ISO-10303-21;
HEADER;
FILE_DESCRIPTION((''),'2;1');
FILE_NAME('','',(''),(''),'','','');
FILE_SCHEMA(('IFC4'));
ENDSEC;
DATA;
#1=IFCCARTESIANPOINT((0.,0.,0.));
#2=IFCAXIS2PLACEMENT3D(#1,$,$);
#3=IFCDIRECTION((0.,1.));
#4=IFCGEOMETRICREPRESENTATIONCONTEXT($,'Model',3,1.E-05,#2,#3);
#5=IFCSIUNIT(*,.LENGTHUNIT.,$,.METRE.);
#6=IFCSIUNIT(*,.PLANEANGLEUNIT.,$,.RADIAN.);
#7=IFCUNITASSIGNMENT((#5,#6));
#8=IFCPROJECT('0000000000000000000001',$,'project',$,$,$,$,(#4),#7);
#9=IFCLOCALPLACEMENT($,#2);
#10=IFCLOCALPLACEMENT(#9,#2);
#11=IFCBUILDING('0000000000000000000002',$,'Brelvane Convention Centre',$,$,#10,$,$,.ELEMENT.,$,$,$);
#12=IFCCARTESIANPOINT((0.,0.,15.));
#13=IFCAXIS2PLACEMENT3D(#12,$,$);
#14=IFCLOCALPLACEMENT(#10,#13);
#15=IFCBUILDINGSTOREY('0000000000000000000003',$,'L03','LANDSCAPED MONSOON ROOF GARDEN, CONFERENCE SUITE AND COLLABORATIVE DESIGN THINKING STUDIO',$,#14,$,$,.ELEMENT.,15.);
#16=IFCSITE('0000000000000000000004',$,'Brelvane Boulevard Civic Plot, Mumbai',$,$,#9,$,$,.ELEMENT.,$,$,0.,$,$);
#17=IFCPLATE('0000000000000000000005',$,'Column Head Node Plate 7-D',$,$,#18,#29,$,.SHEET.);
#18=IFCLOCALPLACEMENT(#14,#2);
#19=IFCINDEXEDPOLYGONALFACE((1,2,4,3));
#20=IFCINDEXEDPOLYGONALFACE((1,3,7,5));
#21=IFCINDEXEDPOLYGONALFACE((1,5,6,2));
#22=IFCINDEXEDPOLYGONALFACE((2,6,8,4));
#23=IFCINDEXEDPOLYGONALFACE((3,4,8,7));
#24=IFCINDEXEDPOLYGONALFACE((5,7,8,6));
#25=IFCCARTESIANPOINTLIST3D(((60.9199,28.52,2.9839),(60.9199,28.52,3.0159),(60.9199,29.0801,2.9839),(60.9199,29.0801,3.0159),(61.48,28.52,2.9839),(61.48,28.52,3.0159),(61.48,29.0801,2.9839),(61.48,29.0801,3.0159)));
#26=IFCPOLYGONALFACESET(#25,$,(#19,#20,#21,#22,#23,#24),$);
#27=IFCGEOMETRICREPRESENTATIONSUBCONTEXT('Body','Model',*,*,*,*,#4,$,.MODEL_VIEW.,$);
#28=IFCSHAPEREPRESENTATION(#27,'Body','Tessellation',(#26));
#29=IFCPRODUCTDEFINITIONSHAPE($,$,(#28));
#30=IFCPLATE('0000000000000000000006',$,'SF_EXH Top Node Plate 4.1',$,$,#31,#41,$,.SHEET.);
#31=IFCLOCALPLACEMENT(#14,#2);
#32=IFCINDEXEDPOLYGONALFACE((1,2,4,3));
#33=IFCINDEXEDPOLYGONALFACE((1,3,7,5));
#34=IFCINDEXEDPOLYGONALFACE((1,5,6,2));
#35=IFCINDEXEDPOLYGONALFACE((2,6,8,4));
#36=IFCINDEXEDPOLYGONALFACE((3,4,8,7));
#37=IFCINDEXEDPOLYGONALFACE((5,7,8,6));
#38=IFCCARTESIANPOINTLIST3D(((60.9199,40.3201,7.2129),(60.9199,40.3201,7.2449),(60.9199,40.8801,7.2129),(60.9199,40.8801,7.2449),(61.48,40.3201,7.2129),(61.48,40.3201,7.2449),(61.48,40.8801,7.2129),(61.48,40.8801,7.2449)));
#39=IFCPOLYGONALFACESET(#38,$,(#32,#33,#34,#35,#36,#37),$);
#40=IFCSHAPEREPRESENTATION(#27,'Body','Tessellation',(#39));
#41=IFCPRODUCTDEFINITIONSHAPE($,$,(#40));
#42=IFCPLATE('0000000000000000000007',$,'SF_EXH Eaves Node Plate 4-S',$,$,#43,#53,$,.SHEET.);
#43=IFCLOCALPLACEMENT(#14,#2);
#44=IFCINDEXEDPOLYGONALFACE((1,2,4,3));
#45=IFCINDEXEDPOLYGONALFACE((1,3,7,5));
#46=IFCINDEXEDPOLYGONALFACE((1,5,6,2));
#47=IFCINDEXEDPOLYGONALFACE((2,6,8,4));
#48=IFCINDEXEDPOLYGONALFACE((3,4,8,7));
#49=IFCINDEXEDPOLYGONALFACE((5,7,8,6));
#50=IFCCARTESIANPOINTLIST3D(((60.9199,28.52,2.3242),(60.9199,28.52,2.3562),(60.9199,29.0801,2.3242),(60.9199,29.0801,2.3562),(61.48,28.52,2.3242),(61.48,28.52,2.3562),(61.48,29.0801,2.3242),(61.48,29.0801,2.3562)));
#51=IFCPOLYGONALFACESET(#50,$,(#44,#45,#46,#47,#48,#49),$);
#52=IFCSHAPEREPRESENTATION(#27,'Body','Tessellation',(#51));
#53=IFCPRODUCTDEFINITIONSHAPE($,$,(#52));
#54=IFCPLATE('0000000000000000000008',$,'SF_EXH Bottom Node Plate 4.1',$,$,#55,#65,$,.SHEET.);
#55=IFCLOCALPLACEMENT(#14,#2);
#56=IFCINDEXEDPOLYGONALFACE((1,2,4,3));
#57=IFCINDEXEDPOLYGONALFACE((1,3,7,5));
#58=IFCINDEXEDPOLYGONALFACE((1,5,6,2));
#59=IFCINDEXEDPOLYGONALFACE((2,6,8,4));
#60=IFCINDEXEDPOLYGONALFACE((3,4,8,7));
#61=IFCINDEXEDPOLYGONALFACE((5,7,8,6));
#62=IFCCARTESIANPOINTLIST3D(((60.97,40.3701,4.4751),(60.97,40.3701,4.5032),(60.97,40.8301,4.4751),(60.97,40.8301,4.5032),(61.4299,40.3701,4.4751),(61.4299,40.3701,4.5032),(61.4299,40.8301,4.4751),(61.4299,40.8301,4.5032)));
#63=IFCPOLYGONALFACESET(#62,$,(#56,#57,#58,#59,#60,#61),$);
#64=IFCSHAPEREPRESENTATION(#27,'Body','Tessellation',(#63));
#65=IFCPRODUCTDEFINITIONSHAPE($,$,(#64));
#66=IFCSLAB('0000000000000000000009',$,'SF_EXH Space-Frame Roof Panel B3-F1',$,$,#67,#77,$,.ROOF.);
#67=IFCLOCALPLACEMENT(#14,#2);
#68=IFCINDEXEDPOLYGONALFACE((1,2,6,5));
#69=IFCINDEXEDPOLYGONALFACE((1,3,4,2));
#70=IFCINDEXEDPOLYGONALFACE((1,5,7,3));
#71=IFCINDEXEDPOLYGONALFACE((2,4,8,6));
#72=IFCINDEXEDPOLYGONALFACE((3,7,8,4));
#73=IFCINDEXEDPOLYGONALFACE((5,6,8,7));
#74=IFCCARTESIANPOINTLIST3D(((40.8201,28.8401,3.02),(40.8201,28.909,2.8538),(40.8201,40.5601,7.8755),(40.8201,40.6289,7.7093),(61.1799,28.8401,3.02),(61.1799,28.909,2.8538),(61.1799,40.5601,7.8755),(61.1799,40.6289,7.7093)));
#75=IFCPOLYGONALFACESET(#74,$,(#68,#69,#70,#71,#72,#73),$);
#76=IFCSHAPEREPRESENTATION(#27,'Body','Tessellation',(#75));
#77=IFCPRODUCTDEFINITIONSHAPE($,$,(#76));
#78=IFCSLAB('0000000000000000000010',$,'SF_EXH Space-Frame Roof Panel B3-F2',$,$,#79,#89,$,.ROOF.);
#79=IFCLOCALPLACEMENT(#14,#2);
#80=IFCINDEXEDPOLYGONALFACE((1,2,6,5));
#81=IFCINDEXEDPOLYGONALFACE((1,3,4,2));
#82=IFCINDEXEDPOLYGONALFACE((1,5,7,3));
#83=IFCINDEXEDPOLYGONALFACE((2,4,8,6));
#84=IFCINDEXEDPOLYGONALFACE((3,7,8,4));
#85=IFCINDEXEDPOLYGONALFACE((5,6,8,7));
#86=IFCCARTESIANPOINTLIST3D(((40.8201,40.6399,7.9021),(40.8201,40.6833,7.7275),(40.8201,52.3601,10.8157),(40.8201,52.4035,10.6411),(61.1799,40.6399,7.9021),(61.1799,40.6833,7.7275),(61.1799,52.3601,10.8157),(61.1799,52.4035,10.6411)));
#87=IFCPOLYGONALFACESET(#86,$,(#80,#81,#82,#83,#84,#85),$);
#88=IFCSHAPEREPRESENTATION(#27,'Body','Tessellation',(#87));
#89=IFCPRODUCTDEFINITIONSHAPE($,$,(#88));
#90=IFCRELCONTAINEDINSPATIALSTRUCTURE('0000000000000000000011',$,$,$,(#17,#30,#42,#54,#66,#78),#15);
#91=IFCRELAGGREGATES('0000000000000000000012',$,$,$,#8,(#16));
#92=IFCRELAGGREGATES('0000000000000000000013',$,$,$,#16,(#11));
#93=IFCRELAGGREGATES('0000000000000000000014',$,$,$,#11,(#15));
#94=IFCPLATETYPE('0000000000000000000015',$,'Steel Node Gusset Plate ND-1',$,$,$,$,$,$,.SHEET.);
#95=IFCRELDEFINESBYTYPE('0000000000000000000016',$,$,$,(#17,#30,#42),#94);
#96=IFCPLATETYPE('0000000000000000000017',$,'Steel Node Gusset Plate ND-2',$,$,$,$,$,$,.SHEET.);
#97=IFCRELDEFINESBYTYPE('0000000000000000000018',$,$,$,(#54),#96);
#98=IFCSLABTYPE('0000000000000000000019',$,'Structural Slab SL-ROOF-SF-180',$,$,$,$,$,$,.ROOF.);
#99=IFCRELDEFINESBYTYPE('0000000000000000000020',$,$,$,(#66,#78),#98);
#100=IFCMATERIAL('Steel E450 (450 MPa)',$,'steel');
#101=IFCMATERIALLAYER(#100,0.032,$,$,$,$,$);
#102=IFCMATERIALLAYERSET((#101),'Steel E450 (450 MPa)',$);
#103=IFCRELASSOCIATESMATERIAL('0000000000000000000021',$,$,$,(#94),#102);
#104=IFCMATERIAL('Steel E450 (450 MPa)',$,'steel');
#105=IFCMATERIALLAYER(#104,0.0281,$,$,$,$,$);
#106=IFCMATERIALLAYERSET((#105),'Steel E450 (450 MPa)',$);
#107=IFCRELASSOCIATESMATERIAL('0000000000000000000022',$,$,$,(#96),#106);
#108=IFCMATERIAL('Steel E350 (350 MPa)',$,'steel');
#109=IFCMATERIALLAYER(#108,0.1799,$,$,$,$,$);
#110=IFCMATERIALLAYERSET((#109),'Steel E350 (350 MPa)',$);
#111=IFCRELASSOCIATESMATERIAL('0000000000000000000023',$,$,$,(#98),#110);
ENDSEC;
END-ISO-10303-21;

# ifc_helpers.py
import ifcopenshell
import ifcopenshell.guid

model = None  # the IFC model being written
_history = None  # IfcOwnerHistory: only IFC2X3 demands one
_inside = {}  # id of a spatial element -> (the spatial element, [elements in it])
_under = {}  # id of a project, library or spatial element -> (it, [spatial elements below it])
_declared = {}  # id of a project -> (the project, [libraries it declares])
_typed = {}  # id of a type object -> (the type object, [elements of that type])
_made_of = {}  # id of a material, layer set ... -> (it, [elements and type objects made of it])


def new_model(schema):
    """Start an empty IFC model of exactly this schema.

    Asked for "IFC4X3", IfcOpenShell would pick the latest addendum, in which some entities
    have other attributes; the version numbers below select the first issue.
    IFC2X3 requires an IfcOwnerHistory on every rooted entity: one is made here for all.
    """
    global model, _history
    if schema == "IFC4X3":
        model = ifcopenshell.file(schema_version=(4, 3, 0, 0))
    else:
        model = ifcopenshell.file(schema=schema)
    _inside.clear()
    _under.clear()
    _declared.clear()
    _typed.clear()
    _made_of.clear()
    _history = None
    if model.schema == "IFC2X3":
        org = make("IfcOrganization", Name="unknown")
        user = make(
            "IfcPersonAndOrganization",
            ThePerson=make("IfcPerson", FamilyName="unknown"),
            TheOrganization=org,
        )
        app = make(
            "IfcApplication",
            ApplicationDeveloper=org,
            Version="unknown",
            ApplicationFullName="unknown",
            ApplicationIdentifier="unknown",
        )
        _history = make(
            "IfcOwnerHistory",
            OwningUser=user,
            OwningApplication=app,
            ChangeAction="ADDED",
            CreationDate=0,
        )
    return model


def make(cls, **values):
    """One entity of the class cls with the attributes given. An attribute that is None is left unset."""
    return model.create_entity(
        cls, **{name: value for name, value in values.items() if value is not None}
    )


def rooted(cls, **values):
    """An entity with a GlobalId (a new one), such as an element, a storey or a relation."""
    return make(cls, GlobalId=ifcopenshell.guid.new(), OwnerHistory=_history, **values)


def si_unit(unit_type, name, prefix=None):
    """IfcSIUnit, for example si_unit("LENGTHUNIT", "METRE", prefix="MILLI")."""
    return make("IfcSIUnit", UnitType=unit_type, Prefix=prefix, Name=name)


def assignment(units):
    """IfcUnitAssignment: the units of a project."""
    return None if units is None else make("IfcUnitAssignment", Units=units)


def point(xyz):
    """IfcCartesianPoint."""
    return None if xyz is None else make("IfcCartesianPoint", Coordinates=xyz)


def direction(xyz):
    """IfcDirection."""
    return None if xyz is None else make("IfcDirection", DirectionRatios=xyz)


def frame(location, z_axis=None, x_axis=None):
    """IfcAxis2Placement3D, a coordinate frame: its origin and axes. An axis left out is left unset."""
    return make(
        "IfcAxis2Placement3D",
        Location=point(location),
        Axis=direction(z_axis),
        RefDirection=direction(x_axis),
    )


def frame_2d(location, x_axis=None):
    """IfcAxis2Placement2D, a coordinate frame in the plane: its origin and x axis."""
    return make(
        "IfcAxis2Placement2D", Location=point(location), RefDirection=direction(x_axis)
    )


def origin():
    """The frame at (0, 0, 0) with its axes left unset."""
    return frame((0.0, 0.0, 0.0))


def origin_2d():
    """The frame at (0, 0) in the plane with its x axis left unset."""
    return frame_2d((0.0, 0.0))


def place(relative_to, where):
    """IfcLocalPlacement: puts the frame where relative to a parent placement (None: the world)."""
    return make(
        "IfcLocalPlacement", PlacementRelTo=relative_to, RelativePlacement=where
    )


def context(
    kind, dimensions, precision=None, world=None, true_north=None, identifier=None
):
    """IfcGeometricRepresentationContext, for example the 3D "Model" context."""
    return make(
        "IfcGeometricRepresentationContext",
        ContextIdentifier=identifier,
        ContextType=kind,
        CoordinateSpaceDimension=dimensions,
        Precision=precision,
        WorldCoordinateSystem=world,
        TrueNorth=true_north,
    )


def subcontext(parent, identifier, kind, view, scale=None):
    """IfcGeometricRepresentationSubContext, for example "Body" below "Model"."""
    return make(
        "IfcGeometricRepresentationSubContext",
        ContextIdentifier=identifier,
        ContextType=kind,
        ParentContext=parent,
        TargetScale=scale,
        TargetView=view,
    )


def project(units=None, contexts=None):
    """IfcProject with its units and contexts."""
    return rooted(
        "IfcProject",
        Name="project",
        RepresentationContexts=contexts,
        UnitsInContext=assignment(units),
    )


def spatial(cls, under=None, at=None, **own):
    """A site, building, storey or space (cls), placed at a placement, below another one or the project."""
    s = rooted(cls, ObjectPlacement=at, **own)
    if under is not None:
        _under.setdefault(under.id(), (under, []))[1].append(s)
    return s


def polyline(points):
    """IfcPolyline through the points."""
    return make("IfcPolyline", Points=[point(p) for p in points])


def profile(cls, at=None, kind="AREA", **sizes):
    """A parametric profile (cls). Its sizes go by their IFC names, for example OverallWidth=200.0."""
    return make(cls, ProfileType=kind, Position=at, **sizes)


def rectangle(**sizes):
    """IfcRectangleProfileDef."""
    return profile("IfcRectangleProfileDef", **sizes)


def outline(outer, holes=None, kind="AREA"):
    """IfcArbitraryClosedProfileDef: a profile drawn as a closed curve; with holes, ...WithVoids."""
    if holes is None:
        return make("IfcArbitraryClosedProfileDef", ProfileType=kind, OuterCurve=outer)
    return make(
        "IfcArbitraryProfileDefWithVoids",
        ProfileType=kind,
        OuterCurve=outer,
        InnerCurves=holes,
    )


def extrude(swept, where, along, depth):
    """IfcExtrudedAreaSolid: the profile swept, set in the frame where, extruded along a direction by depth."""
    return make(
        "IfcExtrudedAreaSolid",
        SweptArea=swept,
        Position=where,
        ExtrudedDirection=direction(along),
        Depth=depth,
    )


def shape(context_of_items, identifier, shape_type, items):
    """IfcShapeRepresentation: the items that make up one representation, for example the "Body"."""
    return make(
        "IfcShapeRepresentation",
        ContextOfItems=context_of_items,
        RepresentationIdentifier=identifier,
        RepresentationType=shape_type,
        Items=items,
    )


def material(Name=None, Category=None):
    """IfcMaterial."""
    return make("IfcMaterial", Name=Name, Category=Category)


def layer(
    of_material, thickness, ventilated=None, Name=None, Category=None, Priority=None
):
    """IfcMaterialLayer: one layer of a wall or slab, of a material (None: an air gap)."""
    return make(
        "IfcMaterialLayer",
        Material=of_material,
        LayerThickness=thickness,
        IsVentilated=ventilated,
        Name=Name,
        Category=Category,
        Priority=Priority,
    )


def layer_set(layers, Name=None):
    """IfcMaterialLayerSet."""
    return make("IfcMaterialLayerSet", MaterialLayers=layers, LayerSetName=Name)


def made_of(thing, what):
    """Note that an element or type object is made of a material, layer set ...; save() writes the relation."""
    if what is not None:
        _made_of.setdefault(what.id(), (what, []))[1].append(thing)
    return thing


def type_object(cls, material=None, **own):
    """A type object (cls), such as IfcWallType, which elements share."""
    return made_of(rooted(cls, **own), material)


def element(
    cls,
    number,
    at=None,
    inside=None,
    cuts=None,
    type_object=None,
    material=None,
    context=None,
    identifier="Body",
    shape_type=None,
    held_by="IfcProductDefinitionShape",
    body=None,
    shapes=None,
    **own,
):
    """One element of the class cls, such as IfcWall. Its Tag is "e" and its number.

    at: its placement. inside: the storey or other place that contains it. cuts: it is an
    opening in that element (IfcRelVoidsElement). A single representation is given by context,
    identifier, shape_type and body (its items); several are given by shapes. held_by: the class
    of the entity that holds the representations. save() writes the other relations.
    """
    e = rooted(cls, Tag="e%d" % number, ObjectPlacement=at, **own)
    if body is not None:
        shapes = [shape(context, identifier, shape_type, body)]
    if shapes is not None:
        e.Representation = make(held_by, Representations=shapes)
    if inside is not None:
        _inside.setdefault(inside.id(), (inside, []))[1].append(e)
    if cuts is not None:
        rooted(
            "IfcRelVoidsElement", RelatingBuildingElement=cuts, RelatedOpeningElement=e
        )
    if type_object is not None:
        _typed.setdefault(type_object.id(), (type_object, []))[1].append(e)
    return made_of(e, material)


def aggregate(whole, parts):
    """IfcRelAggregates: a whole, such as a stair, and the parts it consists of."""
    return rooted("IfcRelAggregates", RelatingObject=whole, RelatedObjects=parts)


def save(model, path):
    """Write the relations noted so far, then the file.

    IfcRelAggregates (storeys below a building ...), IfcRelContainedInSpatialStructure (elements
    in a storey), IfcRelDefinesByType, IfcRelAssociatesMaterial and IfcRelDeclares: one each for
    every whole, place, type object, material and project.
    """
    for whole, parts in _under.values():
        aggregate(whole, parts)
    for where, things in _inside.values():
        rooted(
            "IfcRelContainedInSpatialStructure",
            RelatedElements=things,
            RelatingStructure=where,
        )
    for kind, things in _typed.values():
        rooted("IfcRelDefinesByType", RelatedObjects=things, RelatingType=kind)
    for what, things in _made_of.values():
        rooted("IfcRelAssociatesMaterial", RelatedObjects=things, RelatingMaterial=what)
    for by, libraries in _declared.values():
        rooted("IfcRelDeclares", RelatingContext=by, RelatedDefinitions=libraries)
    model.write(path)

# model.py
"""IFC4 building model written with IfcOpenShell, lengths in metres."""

from ifc_helpers import new_model, si_unit, direction, frame, origin, origin_2d, place, context, subcontext, project, spatial, polyline, rectangle, outline, extrude, material, layer, layer_set, type_object, element, save


model = new_model("IFC4")

# Units and contexts
model_context = context("Model", 3, precision=1e-05, world=origin(), true_north=direction((0.0, 1.0)))
body_context = subcontext(model_context, "Body", "Model", "MODEL_VIEW")
ifc_project = project(units=[si_unit("LENGTHUNIT", "METRE"), si_unit("PLANEANGLEUNIT", "RADIAN")], contexts=[model_context])

# Site, building, storey
site_placement = place(None, origin())
site = spatial("IfcSite", under=ifc_project, at=site_placement, Name="Brelvane Boulevard Civic Plot, Mumbai", CompositionType="ELEMENT", RefElevation=0.0)
building_placement = place(site_placement, origin())
building = spatial("IfcBuilding", under=site, at=building_placement, Name="Brelvane Convention Centre", CompositionType="ELEMENT")
storey_placement = place(building_placement, frame((0.0, 0.0, 15.0)))
storey = spatial("IfcBuildingStorey", under=building, at=storey_placement, Name="L03", Description="LANDSCAPED MONSOON ROOF GARDEN, CONFERENCE SUITE AND COLLABORATIVE DESIGN THINKING STUDIO", CompositionType="ELEMENT", Elevation=15.0)

# Plates
ifc_material_1 = material(Name="Steel E450 (450 MPa)", Category="steel")
ifc_layer_1 = layer(ifc_material_1, 0.032)
ifc_layer_set_1 = layer_set([ifc_layer_1], Name="Steel E450 (450 MPa)")
plate_type_1 = type_object("IfcPlateType", Name="Steel Node Gusset Plate ND-1", PredefinedType="SHEET", material=ifc_layer_set_1)
for number, where, z_axis, x_axis, name in (
    (1, (61.2, 28.8, 2.9839), (0.0, 0.0, 1.0), (1.0, 0.0, 0.0), "Column Head Node Plate 7-D"),
    (2, (61.2, 40.6001, 7.2129), (0.0, 0.0, 1.0), (1.0, 0.0, 0.0), "SF_EXH Top Node Plate 4.1"),
    (3, (61.2, 28.8, 2.3242), (0.0, 0.0, 1.0), (1.0, 0.0, 0.0), "SF_EXH Eaves Node Plate 4-S"),
):
    element("IfcPlate", number, at=place(storey_placement, frame(where, z_axis=z_axis, x_axis=x_axis)), inside=storey, type_object=plate_type_1, Name=name, PredefinedType="SHEET", context=body_context, shape_type="SweptSolid", body=[
        extrude(rectangle(XDim=0.5601, YDim=0.5601, at=origin_2d()), origin(), (0.0, 0.0, 1.0), 0.032),
    ])
ifc_material_2 = material(Name="Steel E450 (450 MPa)", Category="steel")
ifc_layer_2 = layer(ifc_material_2, 0.0281)
ifc_layer_set_2 = layer_set([ifc_layer_2], Name="Steel E450 (450 MPa)")
plate_type_2 = type_object("IfcPlateType", Name="Steel Node Gusset Plate ND-2", PredefinedType="SHEET", material=ifc_layer_set_2)
plate_placement = place(storey_placement, frame((61.2, 40.6001, 4.4751), z_axis=(0.0, 0.0, 1.0), x_axis=(1.0, 0.0, 0.0)))
element("IfcPlate", 4, at=plate_placement, inside=storey, type_object=plate_type_2, Name="SF_EXH Bottom Node Plate 4.1", PredefinedType="SHEET", context=body_context, shape_type="SweptSolid", body=[
    extrude(rectangle(XDim=0.46, YDim=0.46, at=origin_2d()), origin(), (0.0, 0.0, 1.0), 0.0281),
])

# Slabs
ifc_material_3 = material(Name="Steel E350 (350 MPa)", Category="steel")
ifc_layer_3 = layer(ifc_material_3, 0.1799)
ifc_layer_set_3 = layer_set([ifc_layer_3], Name="Steel E350 (350 MPa)")
slab_type = type_object("IfcSlabType", Name="Structural Slab SL-ROOF-SF-180", PredefinedType="ROOF", material=ifc_layer_set_3)
slab_1_placement = place(storey_placement, frame((40.8201, 28.8401, 3.02), z_axis=(0.0, -0.382744, 0.923855), x_axis=(1.0, 0.0, 0.0)))
element("IfcSlab", 5, at=slab_1_placement, inside=storey, type_object=slab_type, Name="SF_EXH Space-Frame Roof Panel B3-F1", PredefinedType="ROOF", context=body_context, shape_type="SweptSolid", body=[
    extrude(outline(polyline([(0.0, 0.0), (20.3599, 0.0), (20.3599, 12.6859), (0.0, 12.6859), (0.0, 0.0)])), origin(), (0.0, 0.0, -1.0), 0.1799),
])
slab_2_placement = place(storey_placement, frame((40.8201, 40.6399, 7.9021), z_axis=(0.0, -0.241251, 0.970463), x_axis=(1.0, 0.0, 0.0)))
element("IfcSlab", 6, at=slab_2_placement, inside=storey, type_object=slab_type, Name="SF_EXH Space-Frame Roof Panel B3-F2", PredefinedType="ROOF", context=body_context, shape_type="SweptSolid", body=[
    extrude(outline(polyline([(0.0, 0.0), (20.3599, 0.0), (20.3599, 12.0769), (0.0, 12.0769), (0.0, 0.0)])), origin(), (0.0, 0.0, -1.0), 0.1799),
])

save(model, "model.ifc")
